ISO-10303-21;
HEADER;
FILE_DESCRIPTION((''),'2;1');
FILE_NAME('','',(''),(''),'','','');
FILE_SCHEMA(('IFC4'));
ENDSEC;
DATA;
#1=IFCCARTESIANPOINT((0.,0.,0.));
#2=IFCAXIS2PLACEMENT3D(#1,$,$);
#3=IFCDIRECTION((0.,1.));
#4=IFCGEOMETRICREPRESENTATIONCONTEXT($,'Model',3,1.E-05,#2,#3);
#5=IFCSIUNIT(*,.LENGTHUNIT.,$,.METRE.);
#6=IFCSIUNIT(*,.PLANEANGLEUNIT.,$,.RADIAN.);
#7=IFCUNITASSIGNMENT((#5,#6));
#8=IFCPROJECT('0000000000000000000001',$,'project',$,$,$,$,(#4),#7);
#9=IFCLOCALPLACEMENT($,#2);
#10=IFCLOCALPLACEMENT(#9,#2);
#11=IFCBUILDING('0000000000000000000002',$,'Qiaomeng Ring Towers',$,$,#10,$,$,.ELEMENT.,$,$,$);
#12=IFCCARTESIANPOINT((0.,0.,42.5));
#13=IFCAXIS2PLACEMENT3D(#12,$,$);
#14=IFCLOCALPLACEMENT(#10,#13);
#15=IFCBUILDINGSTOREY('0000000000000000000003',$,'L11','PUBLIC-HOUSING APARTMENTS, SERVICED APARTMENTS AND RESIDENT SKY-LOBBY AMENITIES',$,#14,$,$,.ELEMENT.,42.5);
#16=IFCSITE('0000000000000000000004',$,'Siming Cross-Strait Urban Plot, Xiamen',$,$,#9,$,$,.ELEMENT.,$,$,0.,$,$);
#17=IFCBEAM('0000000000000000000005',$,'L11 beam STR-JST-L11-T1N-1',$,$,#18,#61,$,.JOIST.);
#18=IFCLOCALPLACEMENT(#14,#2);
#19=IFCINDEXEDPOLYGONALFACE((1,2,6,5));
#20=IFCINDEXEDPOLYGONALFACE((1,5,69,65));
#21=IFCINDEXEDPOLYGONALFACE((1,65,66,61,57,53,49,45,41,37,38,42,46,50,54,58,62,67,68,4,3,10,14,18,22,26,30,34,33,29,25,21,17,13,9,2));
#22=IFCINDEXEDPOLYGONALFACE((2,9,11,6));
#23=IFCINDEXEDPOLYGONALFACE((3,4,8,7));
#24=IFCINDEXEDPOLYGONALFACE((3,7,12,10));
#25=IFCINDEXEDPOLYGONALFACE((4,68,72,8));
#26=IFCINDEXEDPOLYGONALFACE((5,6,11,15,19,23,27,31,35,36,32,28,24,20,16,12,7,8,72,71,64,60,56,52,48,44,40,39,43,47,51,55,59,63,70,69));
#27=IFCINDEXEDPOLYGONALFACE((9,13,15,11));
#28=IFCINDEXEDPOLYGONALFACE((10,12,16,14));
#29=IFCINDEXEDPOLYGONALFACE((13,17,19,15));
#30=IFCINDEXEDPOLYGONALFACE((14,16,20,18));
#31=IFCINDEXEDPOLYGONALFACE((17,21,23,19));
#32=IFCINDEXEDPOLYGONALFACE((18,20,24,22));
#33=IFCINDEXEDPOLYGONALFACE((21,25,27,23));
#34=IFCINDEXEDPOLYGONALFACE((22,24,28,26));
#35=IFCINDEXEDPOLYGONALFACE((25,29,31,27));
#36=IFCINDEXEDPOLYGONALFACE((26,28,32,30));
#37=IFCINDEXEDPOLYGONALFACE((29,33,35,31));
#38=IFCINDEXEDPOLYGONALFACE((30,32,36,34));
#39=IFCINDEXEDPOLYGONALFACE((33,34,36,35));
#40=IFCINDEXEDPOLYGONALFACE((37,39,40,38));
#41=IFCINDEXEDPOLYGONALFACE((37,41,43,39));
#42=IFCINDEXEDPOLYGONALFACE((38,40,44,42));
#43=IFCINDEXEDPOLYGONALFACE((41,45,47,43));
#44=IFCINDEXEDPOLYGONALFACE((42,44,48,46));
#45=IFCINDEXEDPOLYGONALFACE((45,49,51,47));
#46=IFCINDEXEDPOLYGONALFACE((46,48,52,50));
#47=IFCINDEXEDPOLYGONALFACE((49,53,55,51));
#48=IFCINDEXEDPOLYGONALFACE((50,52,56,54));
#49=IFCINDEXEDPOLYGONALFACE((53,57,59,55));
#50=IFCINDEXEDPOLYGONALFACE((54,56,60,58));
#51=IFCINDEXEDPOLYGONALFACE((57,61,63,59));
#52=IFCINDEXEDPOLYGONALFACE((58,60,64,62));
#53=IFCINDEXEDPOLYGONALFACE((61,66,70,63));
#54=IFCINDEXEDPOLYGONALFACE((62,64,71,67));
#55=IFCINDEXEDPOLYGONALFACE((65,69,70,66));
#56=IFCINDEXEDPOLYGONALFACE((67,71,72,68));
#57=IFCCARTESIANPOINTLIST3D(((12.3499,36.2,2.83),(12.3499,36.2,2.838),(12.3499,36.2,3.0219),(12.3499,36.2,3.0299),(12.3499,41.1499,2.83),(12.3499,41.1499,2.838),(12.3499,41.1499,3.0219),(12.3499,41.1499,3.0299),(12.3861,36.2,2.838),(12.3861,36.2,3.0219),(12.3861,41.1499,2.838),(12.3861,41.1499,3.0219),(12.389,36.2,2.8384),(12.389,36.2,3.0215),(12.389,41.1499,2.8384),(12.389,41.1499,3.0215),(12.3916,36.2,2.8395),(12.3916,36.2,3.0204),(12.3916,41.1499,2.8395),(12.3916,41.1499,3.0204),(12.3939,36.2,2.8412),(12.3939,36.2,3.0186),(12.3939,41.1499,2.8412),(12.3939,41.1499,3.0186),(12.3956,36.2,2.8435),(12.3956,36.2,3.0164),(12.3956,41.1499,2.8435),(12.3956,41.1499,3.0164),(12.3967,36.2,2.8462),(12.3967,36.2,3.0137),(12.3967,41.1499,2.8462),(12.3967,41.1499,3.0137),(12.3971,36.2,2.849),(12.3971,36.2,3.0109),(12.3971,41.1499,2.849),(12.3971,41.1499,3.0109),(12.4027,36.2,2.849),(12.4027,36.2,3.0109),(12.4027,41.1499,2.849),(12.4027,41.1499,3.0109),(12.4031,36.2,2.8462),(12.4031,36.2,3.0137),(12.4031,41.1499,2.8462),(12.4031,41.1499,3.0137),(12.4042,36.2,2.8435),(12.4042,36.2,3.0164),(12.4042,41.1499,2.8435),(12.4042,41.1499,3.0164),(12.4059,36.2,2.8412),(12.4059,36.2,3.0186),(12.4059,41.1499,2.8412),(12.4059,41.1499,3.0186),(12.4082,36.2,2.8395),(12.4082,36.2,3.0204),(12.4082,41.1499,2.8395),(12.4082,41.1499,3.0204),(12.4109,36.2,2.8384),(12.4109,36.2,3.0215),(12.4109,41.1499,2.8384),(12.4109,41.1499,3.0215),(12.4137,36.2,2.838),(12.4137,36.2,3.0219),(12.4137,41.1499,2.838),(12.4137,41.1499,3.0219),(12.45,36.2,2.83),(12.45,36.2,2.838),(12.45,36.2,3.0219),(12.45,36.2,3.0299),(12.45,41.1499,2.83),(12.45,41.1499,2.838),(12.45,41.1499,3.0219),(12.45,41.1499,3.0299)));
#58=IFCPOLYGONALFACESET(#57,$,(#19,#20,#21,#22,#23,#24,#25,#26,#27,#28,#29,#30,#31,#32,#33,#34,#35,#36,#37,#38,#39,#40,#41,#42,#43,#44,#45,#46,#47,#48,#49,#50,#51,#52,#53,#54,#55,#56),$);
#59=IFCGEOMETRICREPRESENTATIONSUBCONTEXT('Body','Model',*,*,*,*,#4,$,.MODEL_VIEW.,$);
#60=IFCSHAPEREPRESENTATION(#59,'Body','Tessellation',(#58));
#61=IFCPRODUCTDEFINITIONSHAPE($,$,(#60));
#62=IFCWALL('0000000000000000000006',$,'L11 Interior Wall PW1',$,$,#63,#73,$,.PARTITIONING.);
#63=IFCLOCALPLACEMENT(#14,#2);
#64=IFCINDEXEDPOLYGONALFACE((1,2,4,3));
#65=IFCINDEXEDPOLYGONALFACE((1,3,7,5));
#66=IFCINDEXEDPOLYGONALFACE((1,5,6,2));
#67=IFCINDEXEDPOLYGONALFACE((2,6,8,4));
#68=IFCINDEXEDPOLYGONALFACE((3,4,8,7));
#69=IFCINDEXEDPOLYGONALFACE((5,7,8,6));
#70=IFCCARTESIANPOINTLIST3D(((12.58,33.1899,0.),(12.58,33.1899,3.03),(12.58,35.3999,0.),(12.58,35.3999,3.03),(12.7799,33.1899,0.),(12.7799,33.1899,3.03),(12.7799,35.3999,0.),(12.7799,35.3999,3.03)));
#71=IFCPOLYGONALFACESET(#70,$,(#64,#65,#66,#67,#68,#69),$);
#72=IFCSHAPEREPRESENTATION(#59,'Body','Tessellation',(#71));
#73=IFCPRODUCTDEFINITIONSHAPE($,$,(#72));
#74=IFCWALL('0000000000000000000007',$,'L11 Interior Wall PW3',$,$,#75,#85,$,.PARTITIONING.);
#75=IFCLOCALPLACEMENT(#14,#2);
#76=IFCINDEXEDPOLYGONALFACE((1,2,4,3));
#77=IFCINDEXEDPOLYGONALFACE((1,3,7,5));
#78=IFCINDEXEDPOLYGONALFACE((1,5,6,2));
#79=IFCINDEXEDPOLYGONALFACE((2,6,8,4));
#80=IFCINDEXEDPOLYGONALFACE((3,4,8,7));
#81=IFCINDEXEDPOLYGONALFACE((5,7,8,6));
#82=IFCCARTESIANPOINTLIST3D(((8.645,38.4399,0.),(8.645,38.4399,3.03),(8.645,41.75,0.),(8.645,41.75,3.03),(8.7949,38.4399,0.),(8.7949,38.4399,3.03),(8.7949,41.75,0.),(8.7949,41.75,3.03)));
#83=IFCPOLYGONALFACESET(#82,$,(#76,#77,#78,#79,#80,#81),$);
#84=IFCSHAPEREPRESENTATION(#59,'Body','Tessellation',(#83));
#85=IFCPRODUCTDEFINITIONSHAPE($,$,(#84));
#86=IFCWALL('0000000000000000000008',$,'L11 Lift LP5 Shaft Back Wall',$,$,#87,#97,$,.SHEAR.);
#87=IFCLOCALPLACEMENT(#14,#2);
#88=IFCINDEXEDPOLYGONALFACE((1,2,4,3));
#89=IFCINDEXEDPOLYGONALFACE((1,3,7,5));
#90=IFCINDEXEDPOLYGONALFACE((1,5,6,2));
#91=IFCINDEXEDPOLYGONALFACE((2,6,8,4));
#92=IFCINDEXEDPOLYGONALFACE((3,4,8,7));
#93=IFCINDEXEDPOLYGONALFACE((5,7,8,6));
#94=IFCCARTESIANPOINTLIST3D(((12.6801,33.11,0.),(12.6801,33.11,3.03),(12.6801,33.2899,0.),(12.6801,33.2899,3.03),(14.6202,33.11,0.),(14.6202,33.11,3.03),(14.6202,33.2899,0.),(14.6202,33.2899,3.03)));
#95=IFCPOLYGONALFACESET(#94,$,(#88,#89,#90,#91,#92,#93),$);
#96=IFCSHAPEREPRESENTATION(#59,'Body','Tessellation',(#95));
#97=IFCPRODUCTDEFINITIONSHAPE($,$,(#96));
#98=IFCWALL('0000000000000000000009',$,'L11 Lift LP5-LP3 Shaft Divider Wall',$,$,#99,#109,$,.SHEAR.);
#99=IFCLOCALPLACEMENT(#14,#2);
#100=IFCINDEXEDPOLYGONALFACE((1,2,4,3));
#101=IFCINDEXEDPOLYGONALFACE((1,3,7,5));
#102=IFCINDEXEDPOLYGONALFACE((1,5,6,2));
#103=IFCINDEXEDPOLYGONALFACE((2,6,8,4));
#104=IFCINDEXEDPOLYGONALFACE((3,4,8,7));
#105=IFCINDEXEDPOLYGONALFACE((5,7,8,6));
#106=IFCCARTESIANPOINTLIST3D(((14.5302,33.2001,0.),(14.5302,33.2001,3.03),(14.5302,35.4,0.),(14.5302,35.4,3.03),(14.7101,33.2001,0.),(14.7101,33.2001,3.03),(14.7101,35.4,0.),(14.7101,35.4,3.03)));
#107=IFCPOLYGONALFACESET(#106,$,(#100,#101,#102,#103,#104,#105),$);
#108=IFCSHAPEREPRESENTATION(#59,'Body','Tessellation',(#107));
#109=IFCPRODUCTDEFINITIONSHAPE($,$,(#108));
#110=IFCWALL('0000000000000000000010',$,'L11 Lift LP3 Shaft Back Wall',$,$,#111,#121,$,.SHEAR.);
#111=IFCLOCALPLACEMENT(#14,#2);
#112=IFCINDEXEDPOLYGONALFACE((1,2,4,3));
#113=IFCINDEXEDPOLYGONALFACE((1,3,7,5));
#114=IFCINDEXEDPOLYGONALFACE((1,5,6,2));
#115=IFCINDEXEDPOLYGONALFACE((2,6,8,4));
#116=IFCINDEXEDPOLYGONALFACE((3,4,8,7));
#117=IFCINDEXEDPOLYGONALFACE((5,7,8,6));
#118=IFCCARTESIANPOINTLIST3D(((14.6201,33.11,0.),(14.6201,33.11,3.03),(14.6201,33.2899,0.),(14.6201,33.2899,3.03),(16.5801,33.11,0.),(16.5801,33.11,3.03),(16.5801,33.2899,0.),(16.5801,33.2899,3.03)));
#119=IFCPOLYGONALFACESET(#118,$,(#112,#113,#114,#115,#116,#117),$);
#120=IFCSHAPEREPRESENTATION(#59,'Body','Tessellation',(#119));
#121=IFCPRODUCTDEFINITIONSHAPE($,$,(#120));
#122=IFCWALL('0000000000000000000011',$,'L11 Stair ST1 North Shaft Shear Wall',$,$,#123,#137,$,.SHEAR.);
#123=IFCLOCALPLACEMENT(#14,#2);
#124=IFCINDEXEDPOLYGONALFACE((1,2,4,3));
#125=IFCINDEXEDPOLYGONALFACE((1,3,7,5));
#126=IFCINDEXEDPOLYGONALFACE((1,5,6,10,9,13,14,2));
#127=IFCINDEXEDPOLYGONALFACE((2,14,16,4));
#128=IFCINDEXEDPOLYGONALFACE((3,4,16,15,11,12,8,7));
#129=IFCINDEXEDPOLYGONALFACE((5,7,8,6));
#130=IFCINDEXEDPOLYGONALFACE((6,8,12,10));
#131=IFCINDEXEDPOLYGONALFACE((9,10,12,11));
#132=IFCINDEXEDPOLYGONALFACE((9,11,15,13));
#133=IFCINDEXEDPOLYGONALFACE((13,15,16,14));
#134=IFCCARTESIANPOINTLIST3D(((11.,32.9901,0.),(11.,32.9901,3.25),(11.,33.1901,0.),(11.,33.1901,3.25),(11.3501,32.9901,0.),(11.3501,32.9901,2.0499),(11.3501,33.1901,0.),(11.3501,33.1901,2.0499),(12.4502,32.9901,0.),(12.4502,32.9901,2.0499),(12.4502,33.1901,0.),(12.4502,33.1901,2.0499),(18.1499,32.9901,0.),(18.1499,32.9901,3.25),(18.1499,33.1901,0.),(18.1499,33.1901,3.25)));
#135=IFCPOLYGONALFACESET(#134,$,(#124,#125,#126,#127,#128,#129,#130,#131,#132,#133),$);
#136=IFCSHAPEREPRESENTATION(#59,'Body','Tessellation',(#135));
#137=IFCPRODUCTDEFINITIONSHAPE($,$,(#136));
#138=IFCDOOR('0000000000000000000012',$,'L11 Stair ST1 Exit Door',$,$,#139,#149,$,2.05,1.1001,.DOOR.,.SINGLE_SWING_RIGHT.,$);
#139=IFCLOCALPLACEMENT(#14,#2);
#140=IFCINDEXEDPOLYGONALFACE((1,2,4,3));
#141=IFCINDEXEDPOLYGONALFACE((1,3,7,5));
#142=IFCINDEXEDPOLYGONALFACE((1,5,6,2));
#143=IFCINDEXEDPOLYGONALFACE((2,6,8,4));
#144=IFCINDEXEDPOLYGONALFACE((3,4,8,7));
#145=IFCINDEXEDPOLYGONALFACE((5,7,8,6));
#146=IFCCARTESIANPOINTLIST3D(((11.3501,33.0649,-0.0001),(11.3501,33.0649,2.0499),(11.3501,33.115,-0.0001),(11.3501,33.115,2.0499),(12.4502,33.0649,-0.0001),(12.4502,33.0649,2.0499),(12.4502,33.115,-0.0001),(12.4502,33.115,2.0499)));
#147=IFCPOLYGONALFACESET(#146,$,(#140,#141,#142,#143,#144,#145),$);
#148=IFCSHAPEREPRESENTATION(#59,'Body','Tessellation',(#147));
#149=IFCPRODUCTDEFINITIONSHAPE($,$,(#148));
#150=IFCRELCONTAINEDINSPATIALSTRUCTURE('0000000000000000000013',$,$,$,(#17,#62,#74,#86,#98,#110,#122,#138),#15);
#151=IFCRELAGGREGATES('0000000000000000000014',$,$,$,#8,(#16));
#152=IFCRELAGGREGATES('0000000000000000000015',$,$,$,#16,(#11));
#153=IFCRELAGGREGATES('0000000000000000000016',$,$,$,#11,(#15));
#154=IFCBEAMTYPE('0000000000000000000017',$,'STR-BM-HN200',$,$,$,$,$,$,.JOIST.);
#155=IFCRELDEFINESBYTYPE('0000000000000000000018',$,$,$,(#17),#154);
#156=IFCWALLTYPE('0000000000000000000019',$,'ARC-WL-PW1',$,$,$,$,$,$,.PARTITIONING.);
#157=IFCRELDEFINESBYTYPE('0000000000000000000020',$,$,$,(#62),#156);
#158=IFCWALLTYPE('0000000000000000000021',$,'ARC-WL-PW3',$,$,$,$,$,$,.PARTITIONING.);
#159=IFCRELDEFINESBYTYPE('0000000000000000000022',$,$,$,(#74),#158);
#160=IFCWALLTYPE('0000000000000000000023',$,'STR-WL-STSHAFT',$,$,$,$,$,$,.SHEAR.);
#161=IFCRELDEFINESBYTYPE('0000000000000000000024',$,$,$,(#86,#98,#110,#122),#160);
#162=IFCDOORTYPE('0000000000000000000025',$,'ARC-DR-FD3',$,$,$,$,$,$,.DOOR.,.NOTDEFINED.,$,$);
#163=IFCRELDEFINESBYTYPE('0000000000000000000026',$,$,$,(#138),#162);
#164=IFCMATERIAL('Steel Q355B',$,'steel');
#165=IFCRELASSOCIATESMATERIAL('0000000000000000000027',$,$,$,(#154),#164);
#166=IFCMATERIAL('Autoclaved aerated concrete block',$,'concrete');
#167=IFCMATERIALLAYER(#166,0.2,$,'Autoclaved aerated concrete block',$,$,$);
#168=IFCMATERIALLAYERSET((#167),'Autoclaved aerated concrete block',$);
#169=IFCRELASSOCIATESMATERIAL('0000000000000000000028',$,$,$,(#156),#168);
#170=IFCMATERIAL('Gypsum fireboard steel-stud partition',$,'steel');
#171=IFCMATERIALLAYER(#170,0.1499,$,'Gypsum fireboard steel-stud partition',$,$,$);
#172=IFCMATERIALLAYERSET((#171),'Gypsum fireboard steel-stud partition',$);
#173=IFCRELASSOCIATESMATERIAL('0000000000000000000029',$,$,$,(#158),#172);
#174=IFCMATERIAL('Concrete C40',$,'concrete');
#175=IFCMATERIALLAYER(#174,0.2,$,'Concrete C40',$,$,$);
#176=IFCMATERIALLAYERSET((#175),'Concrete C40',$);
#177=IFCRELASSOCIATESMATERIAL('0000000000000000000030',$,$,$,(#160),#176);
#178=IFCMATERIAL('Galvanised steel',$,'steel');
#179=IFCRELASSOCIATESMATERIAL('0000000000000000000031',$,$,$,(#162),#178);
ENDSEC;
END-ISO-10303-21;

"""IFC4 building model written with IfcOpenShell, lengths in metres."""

from ifc_helpers import new_model, si_unit, direction, frame, frame_2d, origin, origin_2d, place, context, subcontext, project, spatial, rectangle, i_section, extrude, source, transform, mapped, material, layer, layer_set, material_profile, profile_set, type_object, element, fill, save


model = new_model("IFC4")

# Units and contexts
model_context = context("Model", 3, precision=1e-05, world=origin(), true_north=direction((0.0, 1.0)))
body_context = subcontext(model_context, "Body", "Model", "MODEL_VIEW")
ifc_project = project(units=[si_unit("LENGTHUNIT", "METRE"), si_unit("PLANEANGLEUNIT", "RADIAN")], contexts=[model_context])

# Site, building, storey
site_placement = place(None, origin())
site = spatial("IfcSite", under=ifc_project, at=site_placement, Name="Siming Cross-Strait Urban Plot, Xiamen", CompositionType="ELEMENT", RefElevation=0.0)
building_placement = place(site_placement, origin())
building = spatial("IfcBuilding", under=site, at=building_placement, Name="Qiaomeng Ring Towers", CompositionType="ELEMENT")
storey_placement = place(building_placement, frame((0.0, 0.0, 42.5)))
storey = spatial("IfcBuildingStorey", under=building, at=storey_placement, Name="L11", Description="PUBLIC-HOUSING APARTMENTS, SERVICED APARTMENTS AND RESIDENT SKY-LOBBY AMENITIES", CompositionType="ELEMENT", Elevation=42.5)

# Beam
ifc_material_1 = material(Name="Steel Q355B", Category="steel")
ifc_material_profile = material_profile(ifc_material_1, i_section(OverallWidth=0.1001, OverallDepth=0.2, WebThickness=0.0056, FlangeThickness=0.0081, FilletRadius=0.011, at=origin_2d()), Name="HN 200x100x5.5x8")
ifc_profile_set = profile_set([ifc_material_profile], Name="Steel Q355B")
beam_type = type_object("IfcBeamType", Name="STR-BM-HN200", PredefinedType="JOIST", material=ifc_profile_set)
shared_shape_1 = source(origin(), body_context, "Body", "SweptSolid", [
    extrude(i_section(OverallWidth=0.1001, OverallDepth=0.2, WebThickness=0.0056, FlangeThickness=0.0081, FilletRadius=0.011, at=origin_2d()), origin(), (0.0, 0.0, 1.0), 4.95),
])
beam_placement = place(storey_placement, frame((12.3999, 36.2, 2.9299), z_axis=(0.0, 1.0, 0.0), x_axis=(-1.0, 0.0, 0.0)))
element("IfcBeam", 1, at=beam_placement, inside=storey, type_object=beam_type, Name="L11 beam STR-JST-L11-T1N-1", PredefinedType="JOIST", context=body_context, shape_type="MappedRepresentation", body=[
    mapped(shared_shape_1, transform((0.0, 0.0, 0.0), x_axis=(1.0, 0.0, 0.0), y_axis=(0.0, 1.0, 0.0), z_axis=(0.0, 0.0, 1.0), scale=1.0)),
])

# Wall
ifc_material_2 = material(Name="Autoclaved aerated concrete block", Category="concrete")
ifc_layer_1 = layer(ifc_material_2, 0.2, Name="Autoclaved aerated concrete block")
ifc_layer_set_1 = layer_set([ifc_layer_1], Name="Autoclaved aerated concrete block")
wall_type_1 = type_object("IfcWallType", Name="ARC-WL-PW1", PredefinedType="PARTITIONING", material=ifc_layer_set_1)
wall_1_placement = place(storey_placement, frame((12.6799, 33.1899, 0.0), z_axis=(0.0, 0.0, 1.0), x_axis=(0.0, 1.0, 0.0)))
element("IfcWall", 2, at=wall_1_placement, inside=storey, type_object=wall_type_1, Name="L11 Interior Wall PW1", PredefinedType="PARTITIONING", context=body_context, shape_type="SweptSolid", body=[
    extrude(rectangle(XDim=2.21, YDim=0.2, at=frame_2d((1.105, 0.0))), origin(), (0.0, 0.0, 1.0), 3.03),
])

# Walls
ifc_material_3 = material(Name="Gypsum fireboard steel-stud partition", Category="steel")
ifc_layer_2 = layer(ifc_material_3, 0.1499, Name="Gypsum fireboard steel-stud partition")
ifc_layer_set_2 = layer_set([ifc_layer_2], Name="Gypsum fireboard steel-stud partition")
wall_type_2 = type_object("IfcWallType", Name="ARC-WL-PW3", PredefinedType="PARTITIONING", material=ifc_layer_set_2)
wall_2_placement = place(storey_placement, frame((8.72, 38.4399, 0.0), z_axis=(0.0, 0.0, 1.0), x_axis=(0.0, 1.0, 0.0)))
element("IfcWall", 3, at=wall_2_placement, inside=storey, type_object=wall_type_2, Name="L11 Interior Wall PW3", PredefinedType="PARTITIONING", context=body_context, shape_type="SweptSolid", body=[
    extrude(rectangle(XDim=3.3101, YDim=0.1499, at=frame_2d((1.655, 0.0))), origin(), (0.0, 0.0, 1.0), 3.03),
])
ifc_material_4 = material(Name="Concrete C40", Category="concrete")
ifc_layer_3 = layer(ifc_material_4, 0.2, Name="Concrete C40")
ifc_layer_set_3 = layer_set([ifc_layer_3], Name="Concrete C40")
wall_type_3 = type_object("IfcWallType", Name="STR-WL-STSHAFT", PredefinedType="SHEAR", material=ifc_layer_set_3)
wall_3_placement = place(storey_placement, frame((12.6799, 33.2, 0.0), z_axis=(0.0, 0.0, 1.0), x_axis=(1.0, 0.0, 0.0)))
element("IfcWall", 4, at=wall_3_placement, inside=storey, type_object=wall_type_3, Name="L11 Lift LP5 Shaft Back Wall", PredefinedType="SHEAR", context=body_context, shape_type="SweptSolid", body=[
    extrude(rectangle(XDim=1.9402, YDim=0.1799, at=frame_2d((0.9702, 0.0))), origin(), (0.0, 0.0, 1.0), 3.03),
])
wall_4_placement = place(storey_placement, frame((14.6201, 33.2, 0.0), z_axis=(0.0, 0.0, 1.0), x_axis=(0.0, 1.0, 0.0)))
element("IfcWall", 5, at=wall_4_placement, inside=storey, type_object=wall_type_3, Name="L11 Lift LP5-LP3 Shaft Divider Wall", PredefinedType="SHEAR", context=body_context, shape_type="SweptSolid", body=[
    extrude(rectangle(XDim=2.2, YDim=0.1799, at=frame_2d((1.1001, 0.0))), origin(), (0.0, 0.0, 1.0), 3.03),
])
wall_5_placement = place(storey_placement, frame((14.6201, 33.2, 0.0), z_axis=(0.0, 0.0, 1.0), x_axis=(1.0, 0.0, 0.0)))
element("IfcWall", 6, at=wall_5_placement, inside=storey, type_object=wall_type_3, Name="L11 Lift LP3 Shaft Back Wall", PredefinedType="SHEAR", context=body_context, shape_type="SweptSolid", body=[
    extrude(rectangle(XDim=1.96, YDim=0.1799, at=frame_2d((0.98, 0.0))), origin(), (0.0, 0.0, 1.0), 3.03),
])

# Wall, opening, door
wall_6_placement = place(storey_placement, frame((11.0, 33.0901, 0.0), z_axis=(0.0, 0.0, 1.0), x_axis=(1.0, 0.0, 0.0)))
wall_6 = element("IfcWall", 7, at=wall_6_placement, inside=storey, type_object=wall_type_3, Name="L11 Stair ST1 North Shaft Shear Wall", PredefinedType="SHEAR", context=body_context, shape_type="SweptSolid", body=[
    extrude(rectangle(XDim=7.1499, YDim=0.2, at=frame_2d((3.575, 0.0))), origin(), (0.0, 0.0, 1.0), 3.25),
])
opening_1_placement = place(wall_6_placement, frame((0.3501, 0.0, 0.0)))
opening_1 = element("IfcOpeningElement", 8, at=opening_1_placement, cuts=wall_6, PredefinedType="OPENING", context=body_context, shape_type="SweptSolid", body=[
    extrude(rectangle(XDim=1.1001, YDim=2.05, at=frame_2d((0.55, 1.0249))), frame((0.0, 0.1099, 0.0), z_axis=(0.0, -1.0, 0.0), x_axis=(1.0, 0.0, 0.0)), (0.0, 0.0, 1.0), 0.22),
])
ifc_material_5 = material(Name="Galvanised steel", Category="steel")
door_type_1 = type_object("IfcDoorType", Name="ARC-DR-FD3", OperationType="NOTDEFINED", PredefinedType="DOOR", material=ifc_material_5)
shared_shape_2 = source(origin(), body_context, "Body", "SweptSolid", [
    extrude(rectangle(XDim=1.1001, YDim=2.05, at=frame_2d((0.55, 1.0249))), frame((0.0, 0.0249, 0.0), z_axis=(0.0, -1.0, 0.0), x_axis=(1.0, 0.0, 0.0)), (0.0, 0.0, 1.0), 0.05),
])
door_1_placement = place(opening_1_placement, origin())
door_1 = element("IfcDoor", 9, at=door_1_placement, inside=storey, type_object=door_type_1, Name="L11 Stair ST1 Exit Door", OperationType="SINGLE_SWING_RIGHT", OverallHeight=2.05, OverallWidth=1.1001, PredefinedType="DOOR", context=body_context, shape_type="MappedRepresentation", body=[
    mapped(shared_shape_2, transform((0.0, 0.0, 0.0), x_axis=(1.0, 0.0, 0.0), y_axis=(0.0, 1.0, 0.0), z_axis=(0.0, 0.0, 1.0), scale=1.0)),
])
fill(opening_1, door_1)

save(model, "model.ifc")
